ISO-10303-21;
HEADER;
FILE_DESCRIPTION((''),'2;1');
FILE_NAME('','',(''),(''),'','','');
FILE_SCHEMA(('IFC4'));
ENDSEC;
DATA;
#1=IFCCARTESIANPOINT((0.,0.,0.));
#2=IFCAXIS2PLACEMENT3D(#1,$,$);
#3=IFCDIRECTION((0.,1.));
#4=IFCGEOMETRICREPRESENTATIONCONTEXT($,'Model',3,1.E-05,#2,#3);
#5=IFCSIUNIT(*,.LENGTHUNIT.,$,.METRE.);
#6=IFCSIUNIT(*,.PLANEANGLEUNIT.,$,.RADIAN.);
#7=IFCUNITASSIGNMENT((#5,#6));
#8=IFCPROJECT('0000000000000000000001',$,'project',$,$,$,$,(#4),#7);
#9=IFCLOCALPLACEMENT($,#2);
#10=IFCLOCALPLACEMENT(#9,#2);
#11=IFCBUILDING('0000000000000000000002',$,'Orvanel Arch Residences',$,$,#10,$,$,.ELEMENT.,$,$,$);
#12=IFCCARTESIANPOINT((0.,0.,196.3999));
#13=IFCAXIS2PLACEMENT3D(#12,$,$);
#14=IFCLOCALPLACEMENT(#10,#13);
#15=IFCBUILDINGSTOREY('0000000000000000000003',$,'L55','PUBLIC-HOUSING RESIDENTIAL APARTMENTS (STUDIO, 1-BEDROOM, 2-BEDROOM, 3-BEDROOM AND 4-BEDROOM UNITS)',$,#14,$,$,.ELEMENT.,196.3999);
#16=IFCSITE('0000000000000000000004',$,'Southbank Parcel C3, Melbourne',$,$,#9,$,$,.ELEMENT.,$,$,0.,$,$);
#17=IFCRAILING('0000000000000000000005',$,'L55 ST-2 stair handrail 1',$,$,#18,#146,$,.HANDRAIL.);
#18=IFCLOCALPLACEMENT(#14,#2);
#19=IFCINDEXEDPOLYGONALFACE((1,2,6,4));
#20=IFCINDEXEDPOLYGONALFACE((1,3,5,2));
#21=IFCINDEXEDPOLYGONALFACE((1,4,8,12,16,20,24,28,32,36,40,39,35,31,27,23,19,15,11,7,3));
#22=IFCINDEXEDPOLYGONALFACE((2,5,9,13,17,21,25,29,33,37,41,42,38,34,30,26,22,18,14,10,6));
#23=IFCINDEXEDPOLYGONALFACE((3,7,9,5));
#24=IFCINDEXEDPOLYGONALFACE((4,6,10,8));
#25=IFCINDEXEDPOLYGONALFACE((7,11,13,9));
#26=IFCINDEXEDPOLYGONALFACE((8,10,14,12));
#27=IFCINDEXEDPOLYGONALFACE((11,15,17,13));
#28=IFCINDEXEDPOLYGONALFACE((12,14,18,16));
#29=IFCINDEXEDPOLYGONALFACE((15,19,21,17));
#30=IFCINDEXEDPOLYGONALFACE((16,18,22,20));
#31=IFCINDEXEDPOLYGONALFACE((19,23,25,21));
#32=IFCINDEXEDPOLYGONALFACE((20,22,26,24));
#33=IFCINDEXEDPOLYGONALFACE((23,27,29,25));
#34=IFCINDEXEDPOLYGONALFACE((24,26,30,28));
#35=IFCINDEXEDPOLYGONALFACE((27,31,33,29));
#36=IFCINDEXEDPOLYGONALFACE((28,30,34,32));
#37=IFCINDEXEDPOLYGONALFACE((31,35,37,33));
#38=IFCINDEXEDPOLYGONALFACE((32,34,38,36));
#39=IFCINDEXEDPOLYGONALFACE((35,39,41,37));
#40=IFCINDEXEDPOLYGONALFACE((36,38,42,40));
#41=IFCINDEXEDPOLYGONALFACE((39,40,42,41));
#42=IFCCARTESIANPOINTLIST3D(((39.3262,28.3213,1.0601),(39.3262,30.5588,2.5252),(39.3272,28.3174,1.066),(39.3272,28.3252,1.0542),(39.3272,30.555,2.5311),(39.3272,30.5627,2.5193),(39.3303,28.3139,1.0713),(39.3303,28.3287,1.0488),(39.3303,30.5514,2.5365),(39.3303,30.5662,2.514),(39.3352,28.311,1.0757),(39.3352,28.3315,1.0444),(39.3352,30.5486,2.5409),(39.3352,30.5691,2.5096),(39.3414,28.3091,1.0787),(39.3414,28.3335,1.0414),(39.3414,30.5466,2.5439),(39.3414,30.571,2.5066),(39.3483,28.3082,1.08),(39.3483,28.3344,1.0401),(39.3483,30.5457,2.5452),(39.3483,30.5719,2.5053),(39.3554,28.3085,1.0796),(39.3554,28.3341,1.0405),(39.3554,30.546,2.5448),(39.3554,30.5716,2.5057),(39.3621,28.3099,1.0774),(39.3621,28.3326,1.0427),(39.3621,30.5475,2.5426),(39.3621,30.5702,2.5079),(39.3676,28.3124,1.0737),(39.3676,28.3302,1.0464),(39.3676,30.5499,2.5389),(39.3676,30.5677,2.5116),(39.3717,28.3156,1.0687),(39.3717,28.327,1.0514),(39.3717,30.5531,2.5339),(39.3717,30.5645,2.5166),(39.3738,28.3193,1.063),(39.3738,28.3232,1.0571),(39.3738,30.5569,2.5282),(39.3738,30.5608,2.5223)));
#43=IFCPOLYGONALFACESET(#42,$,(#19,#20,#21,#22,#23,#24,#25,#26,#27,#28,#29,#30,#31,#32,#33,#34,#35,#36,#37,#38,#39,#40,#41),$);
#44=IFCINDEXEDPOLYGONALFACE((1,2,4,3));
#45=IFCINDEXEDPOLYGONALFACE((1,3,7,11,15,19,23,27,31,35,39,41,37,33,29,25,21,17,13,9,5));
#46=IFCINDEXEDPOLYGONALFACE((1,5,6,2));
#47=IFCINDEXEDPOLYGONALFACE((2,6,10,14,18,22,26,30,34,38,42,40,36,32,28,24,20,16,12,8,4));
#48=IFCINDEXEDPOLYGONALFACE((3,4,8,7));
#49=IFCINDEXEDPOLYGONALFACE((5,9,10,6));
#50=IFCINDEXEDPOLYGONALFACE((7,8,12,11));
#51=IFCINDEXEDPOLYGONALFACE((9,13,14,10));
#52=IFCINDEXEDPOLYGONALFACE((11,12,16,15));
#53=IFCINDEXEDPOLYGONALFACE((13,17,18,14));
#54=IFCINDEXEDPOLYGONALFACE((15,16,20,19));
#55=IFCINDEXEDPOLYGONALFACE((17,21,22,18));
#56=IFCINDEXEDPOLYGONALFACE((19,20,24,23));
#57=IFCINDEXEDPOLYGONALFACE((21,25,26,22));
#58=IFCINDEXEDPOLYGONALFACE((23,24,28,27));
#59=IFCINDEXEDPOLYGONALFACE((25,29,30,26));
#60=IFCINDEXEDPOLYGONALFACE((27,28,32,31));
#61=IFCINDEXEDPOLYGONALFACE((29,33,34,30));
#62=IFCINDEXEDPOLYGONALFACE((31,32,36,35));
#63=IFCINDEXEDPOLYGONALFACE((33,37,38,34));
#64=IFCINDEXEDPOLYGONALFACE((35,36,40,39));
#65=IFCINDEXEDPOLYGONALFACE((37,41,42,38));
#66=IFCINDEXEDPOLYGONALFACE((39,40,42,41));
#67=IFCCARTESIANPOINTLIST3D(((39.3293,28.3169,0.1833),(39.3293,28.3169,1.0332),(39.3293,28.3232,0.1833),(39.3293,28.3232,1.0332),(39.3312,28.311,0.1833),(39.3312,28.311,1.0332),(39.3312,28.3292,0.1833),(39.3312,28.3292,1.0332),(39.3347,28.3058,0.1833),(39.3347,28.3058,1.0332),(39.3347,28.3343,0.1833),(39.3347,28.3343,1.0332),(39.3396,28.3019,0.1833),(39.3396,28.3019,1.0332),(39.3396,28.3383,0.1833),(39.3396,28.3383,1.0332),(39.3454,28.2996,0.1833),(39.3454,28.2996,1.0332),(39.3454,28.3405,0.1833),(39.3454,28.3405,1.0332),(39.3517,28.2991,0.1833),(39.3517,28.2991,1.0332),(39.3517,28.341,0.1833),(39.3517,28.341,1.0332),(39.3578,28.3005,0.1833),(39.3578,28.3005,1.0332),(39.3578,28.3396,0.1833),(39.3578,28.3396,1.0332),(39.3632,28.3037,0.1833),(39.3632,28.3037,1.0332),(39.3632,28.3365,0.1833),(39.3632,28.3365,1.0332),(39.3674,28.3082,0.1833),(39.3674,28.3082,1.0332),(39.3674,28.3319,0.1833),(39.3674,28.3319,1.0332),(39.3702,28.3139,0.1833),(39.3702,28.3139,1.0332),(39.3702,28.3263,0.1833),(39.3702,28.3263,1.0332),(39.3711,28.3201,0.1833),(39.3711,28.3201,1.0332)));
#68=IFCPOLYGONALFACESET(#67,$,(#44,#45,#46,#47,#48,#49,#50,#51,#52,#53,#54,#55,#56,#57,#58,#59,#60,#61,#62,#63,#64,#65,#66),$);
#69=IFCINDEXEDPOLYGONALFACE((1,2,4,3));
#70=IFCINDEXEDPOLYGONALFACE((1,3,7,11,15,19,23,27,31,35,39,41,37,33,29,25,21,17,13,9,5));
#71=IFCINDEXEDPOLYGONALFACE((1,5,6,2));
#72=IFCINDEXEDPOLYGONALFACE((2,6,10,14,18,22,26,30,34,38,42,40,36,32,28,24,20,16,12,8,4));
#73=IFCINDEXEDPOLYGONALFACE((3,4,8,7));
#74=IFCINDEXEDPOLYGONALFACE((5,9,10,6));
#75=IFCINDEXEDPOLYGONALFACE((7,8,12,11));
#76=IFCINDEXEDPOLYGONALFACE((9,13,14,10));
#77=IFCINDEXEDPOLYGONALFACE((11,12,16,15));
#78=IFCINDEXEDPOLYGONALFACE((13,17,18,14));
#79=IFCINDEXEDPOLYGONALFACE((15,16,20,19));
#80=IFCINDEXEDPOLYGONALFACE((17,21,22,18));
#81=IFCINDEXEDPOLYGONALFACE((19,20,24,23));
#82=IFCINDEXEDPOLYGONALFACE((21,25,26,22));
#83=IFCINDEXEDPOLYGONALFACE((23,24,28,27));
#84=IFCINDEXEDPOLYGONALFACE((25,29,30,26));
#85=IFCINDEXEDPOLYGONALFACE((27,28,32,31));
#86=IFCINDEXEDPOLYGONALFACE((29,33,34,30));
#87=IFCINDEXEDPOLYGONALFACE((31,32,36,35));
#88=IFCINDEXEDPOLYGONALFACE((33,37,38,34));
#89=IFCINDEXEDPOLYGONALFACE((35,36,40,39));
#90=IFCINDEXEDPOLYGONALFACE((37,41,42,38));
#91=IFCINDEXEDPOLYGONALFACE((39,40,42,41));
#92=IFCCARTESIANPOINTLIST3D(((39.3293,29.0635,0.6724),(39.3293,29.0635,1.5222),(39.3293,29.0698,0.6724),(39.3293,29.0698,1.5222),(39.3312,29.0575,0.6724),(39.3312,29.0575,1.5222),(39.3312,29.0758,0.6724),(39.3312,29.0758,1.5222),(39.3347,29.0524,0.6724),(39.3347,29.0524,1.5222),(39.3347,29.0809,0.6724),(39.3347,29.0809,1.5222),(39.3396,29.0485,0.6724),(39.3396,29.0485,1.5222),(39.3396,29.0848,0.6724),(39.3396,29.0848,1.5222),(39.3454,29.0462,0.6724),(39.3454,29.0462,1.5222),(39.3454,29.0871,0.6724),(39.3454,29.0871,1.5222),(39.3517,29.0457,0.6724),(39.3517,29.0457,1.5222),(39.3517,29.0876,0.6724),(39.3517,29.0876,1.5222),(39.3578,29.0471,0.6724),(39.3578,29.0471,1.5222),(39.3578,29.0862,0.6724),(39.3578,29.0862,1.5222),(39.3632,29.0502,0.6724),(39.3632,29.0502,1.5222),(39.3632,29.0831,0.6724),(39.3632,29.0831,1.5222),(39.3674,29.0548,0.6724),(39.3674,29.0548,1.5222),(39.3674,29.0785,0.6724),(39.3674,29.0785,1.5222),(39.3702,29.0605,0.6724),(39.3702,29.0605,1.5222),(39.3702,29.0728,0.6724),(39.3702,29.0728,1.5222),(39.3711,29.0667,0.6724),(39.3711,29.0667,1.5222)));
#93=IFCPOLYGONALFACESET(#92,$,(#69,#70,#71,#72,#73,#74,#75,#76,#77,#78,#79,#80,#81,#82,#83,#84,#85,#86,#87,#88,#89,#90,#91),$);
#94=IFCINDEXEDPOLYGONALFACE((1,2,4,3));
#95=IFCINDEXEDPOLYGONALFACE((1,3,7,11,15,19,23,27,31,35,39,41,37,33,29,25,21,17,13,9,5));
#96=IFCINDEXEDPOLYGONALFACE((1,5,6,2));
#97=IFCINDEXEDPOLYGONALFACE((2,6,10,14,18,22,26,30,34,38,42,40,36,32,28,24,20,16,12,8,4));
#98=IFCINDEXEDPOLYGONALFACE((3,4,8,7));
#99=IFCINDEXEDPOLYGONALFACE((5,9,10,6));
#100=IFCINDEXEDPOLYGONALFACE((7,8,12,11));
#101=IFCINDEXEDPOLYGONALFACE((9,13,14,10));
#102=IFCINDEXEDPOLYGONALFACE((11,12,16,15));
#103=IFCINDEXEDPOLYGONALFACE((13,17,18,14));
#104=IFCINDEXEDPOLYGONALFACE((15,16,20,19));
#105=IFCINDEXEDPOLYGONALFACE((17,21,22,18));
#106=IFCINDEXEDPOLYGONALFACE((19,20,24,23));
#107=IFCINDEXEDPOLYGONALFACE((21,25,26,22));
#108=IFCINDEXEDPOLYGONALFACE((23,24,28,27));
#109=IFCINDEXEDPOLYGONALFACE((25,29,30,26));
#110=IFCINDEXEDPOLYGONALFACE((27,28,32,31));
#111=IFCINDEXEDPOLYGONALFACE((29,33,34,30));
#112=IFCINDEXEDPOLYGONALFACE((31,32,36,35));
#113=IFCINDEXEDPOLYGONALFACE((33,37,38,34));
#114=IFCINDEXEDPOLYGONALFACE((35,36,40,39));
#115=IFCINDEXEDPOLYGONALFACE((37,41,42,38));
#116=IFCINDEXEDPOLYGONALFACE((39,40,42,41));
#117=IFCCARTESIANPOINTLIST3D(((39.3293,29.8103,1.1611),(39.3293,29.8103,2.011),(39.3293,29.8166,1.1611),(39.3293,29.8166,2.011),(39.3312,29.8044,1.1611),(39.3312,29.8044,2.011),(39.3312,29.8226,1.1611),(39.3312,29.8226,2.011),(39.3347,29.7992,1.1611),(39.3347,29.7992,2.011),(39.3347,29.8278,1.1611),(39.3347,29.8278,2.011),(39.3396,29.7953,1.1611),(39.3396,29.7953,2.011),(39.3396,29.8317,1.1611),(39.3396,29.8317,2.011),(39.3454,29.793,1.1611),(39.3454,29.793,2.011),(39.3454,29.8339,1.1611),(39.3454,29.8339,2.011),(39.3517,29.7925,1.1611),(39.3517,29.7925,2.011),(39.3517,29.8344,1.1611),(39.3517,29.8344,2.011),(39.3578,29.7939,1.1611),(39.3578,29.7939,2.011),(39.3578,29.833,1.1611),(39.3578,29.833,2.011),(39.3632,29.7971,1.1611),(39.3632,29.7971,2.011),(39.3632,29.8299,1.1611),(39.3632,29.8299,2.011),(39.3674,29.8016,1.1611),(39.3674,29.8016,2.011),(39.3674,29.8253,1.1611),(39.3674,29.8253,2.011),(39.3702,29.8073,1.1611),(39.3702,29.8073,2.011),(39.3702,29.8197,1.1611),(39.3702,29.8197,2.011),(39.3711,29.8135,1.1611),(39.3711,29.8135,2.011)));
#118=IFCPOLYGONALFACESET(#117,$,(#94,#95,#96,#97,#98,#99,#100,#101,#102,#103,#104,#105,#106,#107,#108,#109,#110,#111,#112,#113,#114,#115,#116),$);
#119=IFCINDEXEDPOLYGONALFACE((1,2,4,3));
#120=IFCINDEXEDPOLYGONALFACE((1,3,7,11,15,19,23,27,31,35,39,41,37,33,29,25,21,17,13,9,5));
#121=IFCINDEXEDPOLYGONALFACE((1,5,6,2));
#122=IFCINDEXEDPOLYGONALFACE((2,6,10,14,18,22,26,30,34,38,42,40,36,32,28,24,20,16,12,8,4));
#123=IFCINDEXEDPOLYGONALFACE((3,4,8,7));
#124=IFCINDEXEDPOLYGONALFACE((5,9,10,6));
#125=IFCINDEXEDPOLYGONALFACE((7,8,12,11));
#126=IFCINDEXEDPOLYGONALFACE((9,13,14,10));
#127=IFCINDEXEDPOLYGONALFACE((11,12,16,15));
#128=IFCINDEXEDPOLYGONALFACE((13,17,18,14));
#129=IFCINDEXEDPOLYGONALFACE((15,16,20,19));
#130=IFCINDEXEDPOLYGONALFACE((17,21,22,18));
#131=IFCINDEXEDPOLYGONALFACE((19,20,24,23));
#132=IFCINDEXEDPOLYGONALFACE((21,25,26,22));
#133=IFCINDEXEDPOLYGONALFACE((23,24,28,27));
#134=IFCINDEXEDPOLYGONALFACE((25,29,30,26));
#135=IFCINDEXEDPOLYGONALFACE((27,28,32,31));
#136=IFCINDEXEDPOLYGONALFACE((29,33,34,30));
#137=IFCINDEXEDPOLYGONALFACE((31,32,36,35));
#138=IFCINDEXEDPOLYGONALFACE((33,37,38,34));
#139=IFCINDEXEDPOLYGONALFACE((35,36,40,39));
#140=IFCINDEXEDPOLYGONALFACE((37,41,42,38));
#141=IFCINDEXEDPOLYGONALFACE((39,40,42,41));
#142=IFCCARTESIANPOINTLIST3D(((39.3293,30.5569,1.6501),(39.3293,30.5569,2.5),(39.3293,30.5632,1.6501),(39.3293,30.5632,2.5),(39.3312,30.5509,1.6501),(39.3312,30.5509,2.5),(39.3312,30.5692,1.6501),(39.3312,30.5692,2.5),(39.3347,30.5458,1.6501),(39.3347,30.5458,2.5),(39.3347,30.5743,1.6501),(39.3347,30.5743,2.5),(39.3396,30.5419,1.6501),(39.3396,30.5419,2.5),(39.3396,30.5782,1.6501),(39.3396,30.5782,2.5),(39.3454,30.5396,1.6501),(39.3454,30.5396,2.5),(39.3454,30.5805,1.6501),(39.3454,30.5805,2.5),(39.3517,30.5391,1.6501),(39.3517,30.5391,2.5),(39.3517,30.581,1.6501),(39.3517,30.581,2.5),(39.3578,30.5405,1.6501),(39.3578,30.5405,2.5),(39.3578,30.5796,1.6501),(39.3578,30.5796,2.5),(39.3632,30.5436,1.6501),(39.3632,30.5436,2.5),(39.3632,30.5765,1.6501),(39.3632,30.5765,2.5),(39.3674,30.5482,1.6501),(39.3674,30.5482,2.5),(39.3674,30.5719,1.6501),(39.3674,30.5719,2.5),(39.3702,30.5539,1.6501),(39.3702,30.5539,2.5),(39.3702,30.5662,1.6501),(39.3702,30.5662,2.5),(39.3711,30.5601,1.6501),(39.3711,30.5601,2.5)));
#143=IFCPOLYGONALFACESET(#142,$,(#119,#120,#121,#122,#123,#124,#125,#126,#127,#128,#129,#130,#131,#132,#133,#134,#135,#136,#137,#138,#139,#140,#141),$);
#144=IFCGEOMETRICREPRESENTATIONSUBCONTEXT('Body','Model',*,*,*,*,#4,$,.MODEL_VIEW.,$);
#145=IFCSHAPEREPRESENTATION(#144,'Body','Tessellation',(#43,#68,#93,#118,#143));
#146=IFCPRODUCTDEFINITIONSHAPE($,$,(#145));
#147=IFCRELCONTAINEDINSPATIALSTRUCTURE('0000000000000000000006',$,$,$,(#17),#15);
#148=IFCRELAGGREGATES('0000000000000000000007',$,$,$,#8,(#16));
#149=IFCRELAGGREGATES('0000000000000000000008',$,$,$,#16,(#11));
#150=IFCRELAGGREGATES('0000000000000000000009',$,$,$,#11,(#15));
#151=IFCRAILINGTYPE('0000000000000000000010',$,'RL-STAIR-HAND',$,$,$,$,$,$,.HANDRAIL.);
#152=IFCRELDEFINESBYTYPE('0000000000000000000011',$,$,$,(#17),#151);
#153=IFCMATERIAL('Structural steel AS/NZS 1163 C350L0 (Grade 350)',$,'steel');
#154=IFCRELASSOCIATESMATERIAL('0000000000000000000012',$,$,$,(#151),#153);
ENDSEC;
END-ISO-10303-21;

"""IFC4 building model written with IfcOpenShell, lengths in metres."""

from ifc_helpers import new_model, si_unit, direction, frame, origin, origin_2d, place, context, subcontext, project, spatial, circle, extrude, material, type_object, element, save


model = new_model("IFC4")

# Units and contexts
model_context = context("Model", 3, precision=1e-05, world=origin(), true_north=direction((0.0, 1.0)))
body_context = subcontext(model_context, "Body", "Model", "MODEL_VIEW")
ifc_project = project(units=[si_unit("LENGTHUNIT", "METRE"), si_unit("PLANEANGLEUNIT", "RADIAN")], contexts=[model_context])

# Site, building, storey
site_placement = place(None, origin())
site = spatial("IfcSite", under=ifc_project, at=site_placement, Name="Southbank Parcel C3, Melbourne", CompositionType="ELEMENT", RefElevation=0.0)
building_placement = place(site_placement, origin())
building = spatial("IfcBuilding", under=site, at=building_placement, Name="Orvanel Arch Residences", CompositionType="ELEMENT")
storey_placement = place(building_placement, frame((0.0, 0.0, 196.3999)))
storey = spatial("IfcBuildingStorey", under=building, at=storey_placement, Name="L55", Description="PUBLIC-HOUSING RESIDENTIAL APARTMENTS (STUDIO, 1-BEDROOM, 2-BEDROOM, 3-BEDROOM AND 4-BEDROOM UNITS)", CompositionType="ELEMENT", Elevation=196.3999)

# Railing
ifc_material_1 = material(Name="Structural steel AS/NZS 1163 C350L0 (Grade 350)", Category="steel")
railing_type_1 = type_object("IfcRailingType", Name="RL-STAIR-HAND", PredefinedType="HANDRAIL", material=ifc_material_1)
railing_1_placement = place(storey_placement, frame((39.3501, 28.3201, 0.1833)))
element("IfcRailing", 1, at=railing_1_placement, inside=storey, type_object=railing_type_1, Name="L55 ST-2 stair handrail 1", PredefinedType="HANDRAIL", context=body_context, shape_type="SweptSolid", body=[
    extrude(circle(Radius=0.0239, at=origin_2d()), frame((0.0, 0.0012, 0.8767), z_axis=(0.0, 0.836595, 0.547822), x_axis=(-1.0, 0.0, 0.0)), (0.0, 0.0, 1.0), 2.6746),
    extrude(circle(Radius=0.021, at=origin_2d()), origin(), (0.0, 0.0, 1.0), 0.8499),
    extrude(circle(Radius=0.021, at=origin_2d()), frame((0.0, 0.7466, 0.489)), (0.0, 0.0, 1.0), 0.8499),
    extrude(circle(Radius=0.021, at=origin_2d()), frame((0.0, 1.4934, 0.9778)), (0.0, 0.0, 1.0), 0.8499),
    extrude(circle(Radius=0.021, at=origin_2d()), frame((0.0, 2.24, 1.4668)), (0.0, 0.0, 1.0), 0.8499),
])

save(model, "model.ifc")
